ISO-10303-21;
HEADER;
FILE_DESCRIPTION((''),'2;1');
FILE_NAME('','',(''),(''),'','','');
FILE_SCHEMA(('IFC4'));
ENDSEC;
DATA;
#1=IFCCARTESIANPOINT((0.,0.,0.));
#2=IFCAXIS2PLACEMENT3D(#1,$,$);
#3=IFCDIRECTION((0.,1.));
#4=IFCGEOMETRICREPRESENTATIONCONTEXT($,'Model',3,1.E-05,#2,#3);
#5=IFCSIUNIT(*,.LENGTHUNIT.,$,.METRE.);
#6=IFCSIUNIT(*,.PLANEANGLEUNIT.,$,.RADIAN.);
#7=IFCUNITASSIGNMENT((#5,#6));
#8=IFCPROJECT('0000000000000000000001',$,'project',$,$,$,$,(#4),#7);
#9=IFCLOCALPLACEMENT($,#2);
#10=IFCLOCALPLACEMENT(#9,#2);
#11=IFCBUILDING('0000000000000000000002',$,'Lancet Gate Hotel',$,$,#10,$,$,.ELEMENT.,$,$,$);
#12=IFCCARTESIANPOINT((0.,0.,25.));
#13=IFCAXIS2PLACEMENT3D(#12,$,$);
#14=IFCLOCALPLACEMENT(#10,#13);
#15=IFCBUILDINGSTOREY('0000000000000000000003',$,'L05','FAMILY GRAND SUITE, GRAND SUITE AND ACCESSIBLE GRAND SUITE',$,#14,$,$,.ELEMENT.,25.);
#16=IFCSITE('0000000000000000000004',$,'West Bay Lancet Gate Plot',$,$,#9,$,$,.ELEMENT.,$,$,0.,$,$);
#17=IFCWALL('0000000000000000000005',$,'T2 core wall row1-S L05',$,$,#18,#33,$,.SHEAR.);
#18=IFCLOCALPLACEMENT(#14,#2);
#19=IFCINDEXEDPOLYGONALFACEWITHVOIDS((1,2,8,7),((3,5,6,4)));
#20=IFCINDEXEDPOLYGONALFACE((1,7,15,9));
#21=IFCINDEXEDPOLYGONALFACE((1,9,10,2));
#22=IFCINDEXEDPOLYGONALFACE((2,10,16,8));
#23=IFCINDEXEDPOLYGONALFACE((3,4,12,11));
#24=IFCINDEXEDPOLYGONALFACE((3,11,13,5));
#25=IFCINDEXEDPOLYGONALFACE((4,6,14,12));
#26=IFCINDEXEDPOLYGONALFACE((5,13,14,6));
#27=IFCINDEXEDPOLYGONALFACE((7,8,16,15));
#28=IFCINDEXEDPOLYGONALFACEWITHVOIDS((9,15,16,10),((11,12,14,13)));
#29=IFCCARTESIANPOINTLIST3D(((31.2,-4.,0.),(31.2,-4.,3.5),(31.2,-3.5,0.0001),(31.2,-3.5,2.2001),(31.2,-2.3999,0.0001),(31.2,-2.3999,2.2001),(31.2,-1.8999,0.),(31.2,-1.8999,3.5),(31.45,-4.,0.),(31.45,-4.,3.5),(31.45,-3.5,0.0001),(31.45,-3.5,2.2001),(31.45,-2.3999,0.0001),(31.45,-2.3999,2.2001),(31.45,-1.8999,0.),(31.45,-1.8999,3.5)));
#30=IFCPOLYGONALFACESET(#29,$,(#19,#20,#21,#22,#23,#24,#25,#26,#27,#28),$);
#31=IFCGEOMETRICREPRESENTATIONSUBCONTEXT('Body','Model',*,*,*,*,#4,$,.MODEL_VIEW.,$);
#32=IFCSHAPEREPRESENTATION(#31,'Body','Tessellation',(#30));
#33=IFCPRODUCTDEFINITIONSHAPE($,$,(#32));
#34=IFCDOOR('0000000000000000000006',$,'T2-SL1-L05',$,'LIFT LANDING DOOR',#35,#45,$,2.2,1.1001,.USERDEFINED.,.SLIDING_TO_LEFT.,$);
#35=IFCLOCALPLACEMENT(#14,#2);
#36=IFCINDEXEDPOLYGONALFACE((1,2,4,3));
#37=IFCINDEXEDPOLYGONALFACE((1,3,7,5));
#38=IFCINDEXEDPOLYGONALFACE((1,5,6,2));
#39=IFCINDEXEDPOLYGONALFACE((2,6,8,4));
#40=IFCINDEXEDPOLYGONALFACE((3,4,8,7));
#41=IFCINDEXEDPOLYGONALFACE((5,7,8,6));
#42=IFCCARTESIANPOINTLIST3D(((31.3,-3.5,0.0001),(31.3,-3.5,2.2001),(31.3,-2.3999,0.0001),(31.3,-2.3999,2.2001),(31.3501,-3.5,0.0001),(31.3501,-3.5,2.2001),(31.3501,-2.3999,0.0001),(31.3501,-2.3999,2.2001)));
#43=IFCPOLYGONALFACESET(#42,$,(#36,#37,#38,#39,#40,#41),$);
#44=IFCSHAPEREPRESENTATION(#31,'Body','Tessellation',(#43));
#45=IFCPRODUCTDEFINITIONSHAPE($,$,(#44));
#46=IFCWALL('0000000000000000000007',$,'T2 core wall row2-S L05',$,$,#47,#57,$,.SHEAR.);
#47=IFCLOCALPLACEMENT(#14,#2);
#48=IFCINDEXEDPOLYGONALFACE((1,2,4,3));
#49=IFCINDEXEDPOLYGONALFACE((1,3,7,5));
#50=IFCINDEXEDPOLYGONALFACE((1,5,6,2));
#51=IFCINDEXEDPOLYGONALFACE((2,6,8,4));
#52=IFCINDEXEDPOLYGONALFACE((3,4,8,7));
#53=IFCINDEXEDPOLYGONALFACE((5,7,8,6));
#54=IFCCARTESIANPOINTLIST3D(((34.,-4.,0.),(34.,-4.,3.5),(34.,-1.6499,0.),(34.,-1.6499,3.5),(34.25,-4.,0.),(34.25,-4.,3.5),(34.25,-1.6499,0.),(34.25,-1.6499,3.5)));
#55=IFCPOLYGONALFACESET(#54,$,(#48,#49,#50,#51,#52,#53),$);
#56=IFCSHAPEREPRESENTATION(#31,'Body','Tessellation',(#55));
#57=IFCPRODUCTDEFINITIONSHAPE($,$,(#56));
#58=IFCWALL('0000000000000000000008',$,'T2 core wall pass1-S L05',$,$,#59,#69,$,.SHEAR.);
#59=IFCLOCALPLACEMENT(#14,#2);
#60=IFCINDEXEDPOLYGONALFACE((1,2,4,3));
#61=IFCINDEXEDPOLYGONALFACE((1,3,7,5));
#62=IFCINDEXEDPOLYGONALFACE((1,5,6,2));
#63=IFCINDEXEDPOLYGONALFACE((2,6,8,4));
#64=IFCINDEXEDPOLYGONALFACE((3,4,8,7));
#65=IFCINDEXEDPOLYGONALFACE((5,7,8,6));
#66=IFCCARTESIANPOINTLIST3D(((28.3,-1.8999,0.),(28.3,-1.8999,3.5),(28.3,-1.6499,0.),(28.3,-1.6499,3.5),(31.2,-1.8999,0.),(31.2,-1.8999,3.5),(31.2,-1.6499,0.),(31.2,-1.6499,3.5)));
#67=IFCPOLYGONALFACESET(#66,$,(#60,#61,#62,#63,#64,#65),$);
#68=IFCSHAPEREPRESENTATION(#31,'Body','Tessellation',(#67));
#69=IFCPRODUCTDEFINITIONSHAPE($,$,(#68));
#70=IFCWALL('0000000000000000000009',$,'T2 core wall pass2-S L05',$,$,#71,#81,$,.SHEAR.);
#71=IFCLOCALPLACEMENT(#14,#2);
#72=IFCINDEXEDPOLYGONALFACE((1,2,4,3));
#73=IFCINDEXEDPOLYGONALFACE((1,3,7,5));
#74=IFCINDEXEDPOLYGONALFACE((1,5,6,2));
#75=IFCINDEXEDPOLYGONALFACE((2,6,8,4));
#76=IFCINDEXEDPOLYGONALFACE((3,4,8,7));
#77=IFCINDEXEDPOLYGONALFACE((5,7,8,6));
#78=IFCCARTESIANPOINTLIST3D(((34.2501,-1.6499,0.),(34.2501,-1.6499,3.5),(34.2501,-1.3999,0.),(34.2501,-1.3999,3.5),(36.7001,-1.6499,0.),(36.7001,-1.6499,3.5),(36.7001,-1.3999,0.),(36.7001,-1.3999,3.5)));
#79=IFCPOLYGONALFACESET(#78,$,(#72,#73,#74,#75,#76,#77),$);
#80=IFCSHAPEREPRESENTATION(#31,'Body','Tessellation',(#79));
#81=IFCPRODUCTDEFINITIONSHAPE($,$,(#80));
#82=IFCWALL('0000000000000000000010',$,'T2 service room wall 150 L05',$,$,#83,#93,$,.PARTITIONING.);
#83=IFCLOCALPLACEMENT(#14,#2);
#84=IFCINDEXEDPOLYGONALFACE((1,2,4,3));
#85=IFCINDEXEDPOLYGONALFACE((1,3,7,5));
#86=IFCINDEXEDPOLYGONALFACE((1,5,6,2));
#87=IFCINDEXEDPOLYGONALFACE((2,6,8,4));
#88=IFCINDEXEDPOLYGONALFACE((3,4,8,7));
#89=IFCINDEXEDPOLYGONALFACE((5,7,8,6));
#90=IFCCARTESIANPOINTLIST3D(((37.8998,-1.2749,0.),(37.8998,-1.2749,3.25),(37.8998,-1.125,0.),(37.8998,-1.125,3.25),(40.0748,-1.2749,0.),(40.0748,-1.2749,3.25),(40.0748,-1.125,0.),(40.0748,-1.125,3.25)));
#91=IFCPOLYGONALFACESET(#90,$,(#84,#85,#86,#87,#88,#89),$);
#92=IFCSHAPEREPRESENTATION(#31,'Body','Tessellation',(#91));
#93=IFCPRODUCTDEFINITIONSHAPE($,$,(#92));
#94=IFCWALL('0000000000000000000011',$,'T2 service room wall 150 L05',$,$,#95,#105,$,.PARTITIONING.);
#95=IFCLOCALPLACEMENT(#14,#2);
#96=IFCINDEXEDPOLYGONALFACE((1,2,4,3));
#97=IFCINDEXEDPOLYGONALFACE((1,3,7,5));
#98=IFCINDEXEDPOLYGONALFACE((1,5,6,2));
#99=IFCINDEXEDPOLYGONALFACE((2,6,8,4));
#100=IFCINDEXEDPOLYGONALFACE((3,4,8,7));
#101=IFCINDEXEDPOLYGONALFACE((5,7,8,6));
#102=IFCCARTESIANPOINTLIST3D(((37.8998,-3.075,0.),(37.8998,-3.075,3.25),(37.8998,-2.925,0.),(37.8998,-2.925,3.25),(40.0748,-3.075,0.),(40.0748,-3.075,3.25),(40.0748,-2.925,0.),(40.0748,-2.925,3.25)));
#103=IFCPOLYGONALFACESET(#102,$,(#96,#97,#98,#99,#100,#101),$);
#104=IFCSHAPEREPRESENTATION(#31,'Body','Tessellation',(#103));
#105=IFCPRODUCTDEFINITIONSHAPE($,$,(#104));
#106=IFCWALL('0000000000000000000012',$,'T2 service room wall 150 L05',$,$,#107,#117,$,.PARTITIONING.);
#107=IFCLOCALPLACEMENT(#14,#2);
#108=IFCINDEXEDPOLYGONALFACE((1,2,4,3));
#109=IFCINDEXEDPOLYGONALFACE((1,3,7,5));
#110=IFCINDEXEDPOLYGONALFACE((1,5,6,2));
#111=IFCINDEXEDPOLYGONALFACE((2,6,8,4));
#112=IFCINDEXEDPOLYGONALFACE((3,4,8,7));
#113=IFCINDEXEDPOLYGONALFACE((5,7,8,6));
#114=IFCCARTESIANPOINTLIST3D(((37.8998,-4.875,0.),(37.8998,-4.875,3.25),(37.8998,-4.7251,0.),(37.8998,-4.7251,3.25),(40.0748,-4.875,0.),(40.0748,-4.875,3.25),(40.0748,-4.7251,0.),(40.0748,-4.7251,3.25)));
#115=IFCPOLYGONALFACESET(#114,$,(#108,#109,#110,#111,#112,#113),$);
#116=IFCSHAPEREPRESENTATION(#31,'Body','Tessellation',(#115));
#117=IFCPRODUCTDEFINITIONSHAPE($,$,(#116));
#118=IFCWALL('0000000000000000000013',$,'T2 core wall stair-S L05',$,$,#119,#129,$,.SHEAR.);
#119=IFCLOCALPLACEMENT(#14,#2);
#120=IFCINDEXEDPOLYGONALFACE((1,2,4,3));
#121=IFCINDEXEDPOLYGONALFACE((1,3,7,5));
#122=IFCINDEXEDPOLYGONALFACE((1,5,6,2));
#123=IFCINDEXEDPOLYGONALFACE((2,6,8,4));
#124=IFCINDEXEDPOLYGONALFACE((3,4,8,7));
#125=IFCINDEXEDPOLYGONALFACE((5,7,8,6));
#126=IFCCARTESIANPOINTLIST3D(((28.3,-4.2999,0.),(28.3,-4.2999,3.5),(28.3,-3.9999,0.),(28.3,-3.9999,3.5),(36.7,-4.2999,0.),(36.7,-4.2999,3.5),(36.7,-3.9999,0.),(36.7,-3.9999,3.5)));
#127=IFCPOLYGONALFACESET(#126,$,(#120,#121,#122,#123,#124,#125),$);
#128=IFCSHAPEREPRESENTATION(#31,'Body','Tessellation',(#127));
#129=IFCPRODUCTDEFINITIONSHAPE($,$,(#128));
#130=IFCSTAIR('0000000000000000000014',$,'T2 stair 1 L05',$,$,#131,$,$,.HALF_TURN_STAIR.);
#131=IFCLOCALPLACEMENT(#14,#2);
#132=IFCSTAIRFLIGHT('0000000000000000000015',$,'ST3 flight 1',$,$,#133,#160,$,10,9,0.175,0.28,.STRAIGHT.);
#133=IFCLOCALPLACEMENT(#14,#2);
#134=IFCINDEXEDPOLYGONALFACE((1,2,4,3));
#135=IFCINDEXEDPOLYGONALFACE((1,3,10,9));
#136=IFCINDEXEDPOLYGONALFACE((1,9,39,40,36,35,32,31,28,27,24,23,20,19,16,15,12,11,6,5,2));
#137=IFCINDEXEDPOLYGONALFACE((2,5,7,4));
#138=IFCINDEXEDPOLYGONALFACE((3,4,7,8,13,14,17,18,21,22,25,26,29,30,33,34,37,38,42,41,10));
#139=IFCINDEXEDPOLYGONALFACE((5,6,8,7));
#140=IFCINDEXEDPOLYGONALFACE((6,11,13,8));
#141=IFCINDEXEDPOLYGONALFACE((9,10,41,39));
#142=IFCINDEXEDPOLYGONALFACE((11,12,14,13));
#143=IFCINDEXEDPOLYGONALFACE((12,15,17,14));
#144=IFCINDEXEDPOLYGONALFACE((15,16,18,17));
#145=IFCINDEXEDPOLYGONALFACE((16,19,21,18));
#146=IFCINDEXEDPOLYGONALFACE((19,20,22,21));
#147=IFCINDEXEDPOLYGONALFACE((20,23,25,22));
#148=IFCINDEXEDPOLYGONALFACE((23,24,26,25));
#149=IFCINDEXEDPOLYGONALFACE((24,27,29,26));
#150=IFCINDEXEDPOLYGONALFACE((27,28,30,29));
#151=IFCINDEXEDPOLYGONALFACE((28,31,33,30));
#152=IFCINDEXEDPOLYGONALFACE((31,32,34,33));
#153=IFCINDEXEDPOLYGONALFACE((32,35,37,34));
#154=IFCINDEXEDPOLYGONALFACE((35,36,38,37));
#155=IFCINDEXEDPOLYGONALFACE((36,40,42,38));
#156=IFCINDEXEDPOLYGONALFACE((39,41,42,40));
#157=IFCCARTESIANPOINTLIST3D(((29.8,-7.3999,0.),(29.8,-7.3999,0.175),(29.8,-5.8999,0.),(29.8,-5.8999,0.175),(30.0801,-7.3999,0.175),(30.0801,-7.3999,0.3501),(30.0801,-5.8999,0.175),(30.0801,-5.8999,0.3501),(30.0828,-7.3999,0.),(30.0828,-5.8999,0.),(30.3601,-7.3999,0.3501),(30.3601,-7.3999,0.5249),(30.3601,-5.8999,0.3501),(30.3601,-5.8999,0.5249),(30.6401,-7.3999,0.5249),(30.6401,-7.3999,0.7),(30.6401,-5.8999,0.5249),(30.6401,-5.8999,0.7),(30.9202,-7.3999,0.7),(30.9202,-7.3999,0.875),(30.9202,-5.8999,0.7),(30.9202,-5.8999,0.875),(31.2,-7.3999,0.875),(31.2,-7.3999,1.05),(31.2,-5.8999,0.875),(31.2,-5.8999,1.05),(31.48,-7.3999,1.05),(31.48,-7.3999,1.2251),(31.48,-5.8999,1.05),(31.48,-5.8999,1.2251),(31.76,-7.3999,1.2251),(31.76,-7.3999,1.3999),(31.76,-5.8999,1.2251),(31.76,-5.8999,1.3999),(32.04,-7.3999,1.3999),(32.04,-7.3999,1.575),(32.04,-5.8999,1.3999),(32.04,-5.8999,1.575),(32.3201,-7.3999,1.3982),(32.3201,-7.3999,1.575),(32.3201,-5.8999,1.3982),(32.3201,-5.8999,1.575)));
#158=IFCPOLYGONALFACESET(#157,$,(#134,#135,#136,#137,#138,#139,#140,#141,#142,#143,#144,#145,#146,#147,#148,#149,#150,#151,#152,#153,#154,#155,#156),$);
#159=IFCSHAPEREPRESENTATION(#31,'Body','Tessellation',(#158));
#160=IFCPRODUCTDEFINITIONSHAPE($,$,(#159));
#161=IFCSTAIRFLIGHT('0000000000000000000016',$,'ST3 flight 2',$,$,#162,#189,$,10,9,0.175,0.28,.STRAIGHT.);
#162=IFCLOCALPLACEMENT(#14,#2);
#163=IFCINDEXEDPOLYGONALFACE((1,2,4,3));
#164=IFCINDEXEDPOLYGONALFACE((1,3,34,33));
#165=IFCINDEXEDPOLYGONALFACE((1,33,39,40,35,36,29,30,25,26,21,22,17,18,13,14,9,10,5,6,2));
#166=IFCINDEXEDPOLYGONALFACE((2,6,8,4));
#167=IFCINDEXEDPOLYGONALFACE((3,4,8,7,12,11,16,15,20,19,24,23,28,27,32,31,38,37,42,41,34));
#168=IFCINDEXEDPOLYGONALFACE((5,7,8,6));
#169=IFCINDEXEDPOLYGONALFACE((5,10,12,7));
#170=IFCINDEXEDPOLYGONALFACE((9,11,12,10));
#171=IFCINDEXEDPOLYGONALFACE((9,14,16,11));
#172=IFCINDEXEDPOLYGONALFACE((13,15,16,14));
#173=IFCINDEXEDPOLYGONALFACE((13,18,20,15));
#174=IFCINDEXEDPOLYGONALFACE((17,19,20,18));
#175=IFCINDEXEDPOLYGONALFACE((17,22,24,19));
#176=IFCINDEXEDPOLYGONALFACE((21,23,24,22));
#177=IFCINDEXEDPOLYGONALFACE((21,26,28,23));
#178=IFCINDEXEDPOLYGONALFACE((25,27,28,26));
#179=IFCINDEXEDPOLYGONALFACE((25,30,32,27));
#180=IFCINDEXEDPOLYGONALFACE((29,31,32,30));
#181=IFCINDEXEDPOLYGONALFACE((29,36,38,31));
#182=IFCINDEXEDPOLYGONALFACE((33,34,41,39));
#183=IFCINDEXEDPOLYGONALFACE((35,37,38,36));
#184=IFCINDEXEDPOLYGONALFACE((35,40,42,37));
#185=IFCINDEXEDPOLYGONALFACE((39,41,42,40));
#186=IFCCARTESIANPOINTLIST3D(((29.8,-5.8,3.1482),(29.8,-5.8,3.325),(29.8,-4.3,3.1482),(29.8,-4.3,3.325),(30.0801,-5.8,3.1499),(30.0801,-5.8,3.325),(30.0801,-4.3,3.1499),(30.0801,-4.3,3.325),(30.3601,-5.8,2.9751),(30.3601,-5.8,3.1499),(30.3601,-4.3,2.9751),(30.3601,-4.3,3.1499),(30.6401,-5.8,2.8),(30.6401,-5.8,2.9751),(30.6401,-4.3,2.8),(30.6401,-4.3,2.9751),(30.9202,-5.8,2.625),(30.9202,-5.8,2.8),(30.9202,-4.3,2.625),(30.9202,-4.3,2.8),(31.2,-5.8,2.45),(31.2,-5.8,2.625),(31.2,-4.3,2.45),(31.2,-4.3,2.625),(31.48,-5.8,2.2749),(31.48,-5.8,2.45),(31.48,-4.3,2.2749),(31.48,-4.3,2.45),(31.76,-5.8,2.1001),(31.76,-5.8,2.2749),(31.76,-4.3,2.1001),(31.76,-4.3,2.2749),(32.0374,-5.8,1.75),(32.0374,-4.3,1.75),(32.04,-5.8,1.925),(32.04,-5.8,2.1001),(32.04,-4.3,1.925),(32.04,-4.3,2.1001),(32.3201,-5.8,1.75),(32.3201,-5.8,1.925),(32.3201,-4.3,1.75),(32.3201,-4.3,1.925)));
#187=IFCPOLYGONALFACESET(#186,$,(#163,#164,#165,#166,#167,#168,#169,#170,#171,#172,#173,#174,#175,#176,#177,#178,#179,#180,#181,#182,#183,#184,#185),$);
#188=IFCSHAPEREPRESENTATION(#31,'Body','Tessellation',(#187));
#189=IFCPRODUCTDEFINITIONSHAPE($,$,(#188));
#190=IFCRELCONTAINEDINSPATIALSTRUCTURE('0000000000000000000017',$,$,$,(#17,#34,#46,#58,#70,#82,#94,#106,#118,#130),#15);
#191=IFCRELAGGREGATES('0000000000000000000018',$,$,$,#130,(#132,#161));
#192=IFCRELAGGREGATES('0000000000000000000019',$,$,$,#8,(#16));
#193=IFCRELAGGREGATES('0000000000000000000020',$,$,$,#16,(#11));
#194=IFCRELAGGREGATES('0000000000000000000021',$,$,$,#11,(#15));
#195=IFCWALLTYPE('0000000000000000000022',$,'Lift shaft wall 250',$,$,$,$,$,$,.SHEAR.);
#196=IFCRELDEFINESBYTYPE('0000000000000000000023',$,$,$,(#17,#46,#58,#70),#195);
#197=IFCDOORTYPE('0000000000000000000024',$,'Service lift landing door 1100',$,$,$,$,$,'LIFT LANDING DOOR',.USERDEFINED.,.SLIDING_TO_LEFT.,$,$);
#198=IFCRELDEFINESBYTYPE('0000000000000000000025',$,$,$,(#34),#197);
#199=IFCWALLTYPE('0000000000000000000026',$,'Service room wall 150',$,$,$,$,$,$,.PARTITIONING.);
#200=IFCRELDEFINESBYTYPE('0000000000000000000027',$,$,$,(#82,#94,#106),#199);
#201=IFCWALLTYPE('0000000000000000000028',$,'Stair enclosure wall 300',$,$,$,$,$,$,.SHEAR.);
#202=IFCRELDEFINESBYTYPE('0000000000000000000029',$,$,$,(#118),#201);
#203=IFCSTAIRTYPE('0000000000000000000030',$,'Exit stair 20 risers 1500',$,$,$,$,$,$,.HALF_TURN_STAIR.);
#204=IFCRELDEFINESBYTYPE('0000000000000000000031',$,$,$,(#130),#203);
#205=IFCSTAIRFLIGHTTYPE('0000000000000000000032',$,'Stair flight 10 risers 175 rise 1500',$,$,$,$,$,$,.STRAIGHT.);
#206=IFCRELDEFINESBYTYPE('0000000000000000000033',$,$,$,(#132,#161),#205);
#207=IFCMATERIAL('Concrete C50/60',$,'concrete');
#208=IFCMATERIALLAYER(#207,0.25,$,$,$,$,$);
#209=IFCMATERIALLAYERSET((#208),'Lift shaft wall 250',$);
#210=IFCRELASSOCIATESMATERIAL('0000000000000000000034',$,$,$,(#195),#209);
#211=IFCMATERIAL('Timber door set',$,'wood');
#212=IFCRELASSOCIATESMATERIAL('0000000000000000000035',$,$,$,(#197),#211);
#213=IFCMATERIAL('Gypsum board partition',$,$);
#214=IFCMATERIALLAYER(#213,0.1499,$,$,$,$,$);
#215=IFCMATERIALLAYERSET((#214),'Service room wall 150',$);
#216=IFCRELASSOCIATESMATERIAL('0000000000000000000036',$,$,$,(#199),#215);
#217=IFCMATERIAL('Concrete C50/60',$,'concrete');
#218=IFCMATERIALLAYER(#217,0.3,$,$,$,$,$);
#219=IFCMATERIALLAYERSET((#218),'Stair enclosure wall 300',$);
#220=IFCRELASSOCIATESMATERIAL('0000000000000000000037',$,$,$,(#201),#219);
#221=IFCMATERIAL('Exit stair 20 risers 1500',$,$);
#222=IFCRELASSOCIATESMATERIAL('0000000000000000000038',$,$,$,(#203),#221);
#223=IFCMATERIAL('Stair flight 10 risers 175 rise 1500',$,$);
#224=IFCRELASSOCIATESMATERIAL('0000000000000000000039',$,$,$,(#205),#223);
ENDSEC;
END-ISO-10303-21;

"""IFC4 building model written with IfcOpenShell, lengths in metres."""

from ifc_helpers import new_model, si_unit, direction, frame, frame_2d, origin, place, context, subcontext, project, spatial, polyline, rectangle, outline, extrude, material, layer, layer_set, type_object, element, fill, aggregate, save


model = new_model("IFC4")

# Units and contexts
model_context = context("Model", 3, precision=1e-05, world=origin(), true_north=direction((0.0, 1.0)))
body_context = subcontext(model_context, "Body", "Model", "MODEL_VIEW")
ifc_project = project(units=[si_unit("LENGTHUNIT", "METRE"), si_unit("PLANEANGLEUNIT", "RADIAN")], contexts=[model_context])

# Site, building, storey
site_placement = place(None, origin())
site = spatial("IfcSite", under=ifc_project, at=site_placement, Name="West Bay Lancet Gate Plot", CompositionType="ELEMENT", RefElevation=0.0)
building_placement = place(site_placement, origin())
building = spatial("IfcBuilding", under=site, at=building_placement, Name="Lancet Gate Hotel", CompositionType="ELEMENT")
storey_placement = place(building_placement, frame((0.0, 0.0, 25.0)))
storey = spatial("IfcBuildingStorey", under=building, at=storey_placement, Name="L05", Description="FAMILY GRAND SUITE, GRAND SUITE AND ACCESSIBLE GRAND SUITE", CompositionType="ELEMENT", Elevation=25.0)

# Wall, opening, door
ifc_material_1 = material(Name="Concrete C50/60", Category="concrete")
ifc_layer_1 = layer(ifc_material_1, 0.25)
ifc_layer_set_1 = layer_set([ifc_layer_1], Name="Lift shaft wall 250")
wall_type_1 = type_object("IfcWallType", Name="Lift shaft wall 250", PredefinedType="SHEAR", material=ifc_layer_set_1)
wall_1_placement = place(storey_placement, frame((31.325, -4.0, 0.0), z_axis=(0.0, 0.0, 1.0), x_axis=(0.0, 1.0, 0.0)))
wall_1 = element("IfcWall", 1, at=wall_1_placement, inside=storey, type_object=wall_type_1, Name="T2 core wall row1-S L05", PredefinedType="SHEAR", context=body_context, shape_type="SweptSolid", body=[
    extrude(rectangle(XDim=2.1001, YDim=0.25, at=frame_2d((1.05, 0.0))), origin(), (0.0, 0.0, 1.0), 3.5),
])
opening_1_placement = place(wall_1_placement, frame((0.5, 0.0, 0.0)))
opening_1 = element("IfcOpeningElement", 2, at=opening_1_placement, cuts=wall_1, PredefinedType="OPENING", context=body_context, shape_type="SweptSolid", body=[
    extrude(rectangle(XDim=1.1001, YDim=2.2, at=frame_2d((0.55, 1.1001))), frame((0.0, 0.135, 0.0), z_axis=(0.0, -1.0, 0.0), x_axis=(1.0, 0.0, 0.0)), (0.0, 0.0, 1.0), 0.27),
])
ifc_material_2 = material(Name="Timber door set", Category="wood")
door_type_1 = type_object("IfcDoorType", Name="Service lift landing door 1100", ElementType="LIFT LANDING DOOR", OperationType="SLIDING_TO_LEFT", PredefinedType="USERDEFINED", material=ifc_material_2)
door_1_placement = place(opening_1_placement, origin())
door_1 = element("IfcDoor", 3, at=door_1_placement, inside=storey, type_object=door_type_1, Name="T2-SL1-L05", ObjectType="LIFT LANDING DOOR", OperationType="SLIDING_TO_LEFT", OverallHeight=2.2, OverallWidth=1.1001, PredefinedType="USERDEFINED", context=body_context, shape_type="SweptSolid", body=[
    extrude(rectangle(XDim=1.1001, YDim=2.2, at=frame_2d((0.55, 1.1001))), frame((0.0, 0.0249, 0.0), z_axis=(0.0, -1.0, 0.0), x_axis=(1.0, 0.0, 0.0)), (0.0, 0.0, 1.0), 0.05),
])
fill(opening_1, door_1)

# Walls
wall_2_placement = place(storey_placement, frame((34.125, -4.0, 0.0), z_axis=(0.0, 0.0, 1.0), x_axis=(0.0, 1.0, 0.0)))
element("IfcWall", 4, at=wall_2_placement, inside=storey, type_object=wall_type_1, Name="T2 core wall row2-S L05", PredefinedType="SHEAR", context=body_context, shape_type="SweptSolid", body=[
    extrude(rectangle(XDim=2.3501, YDim=0.25, at=frame_2d((1.175, 0.0))), origin(), (0.0, 0.0, 1.0), 3.5),
])
wall_3_placement = place(storey_placement, frame((28.3, -1.7749, 0.0), z_axis=(0.0, 0.0, 1.0), x_axis=(1.0, 0.0, 0.0)))
element("IfcWall", 5, at=wall_3_placement, inside=storey, type_object=wall_type_1, Name="T2 core wall pass1-S L05", PredefinedType="SHEAR", context=body_context, shape_type="SweptSolid", body=[
    extrude(rectangle(XDim=2.8999, YDim=0.25, at=frame_2d((1.45, 0.0))), origin(), (0.0, 0.0, 1.0), 3.5),
])
wall_4_placement = place(storey_placement, frame((34.25, -1.5249, 0.0), z_axis=(0.0, 0.0, 1.0), x_axis=(1.0, 0.0, 0.0)))
element("IfcWall", 6, at=wall_4_placement, inside=storey, type_object=wall_type_1, Name="T2 core wall pass2-S L05", PredefinedType="SHEAR", context=body_context, shape_type="SweptSolid", body=[
    extrude(rectangle(XDim=2.45, YDim=0.25, at=frame_2d((1.2251, 0.0))), origin(), (0.0, 0.0, 1.0), 3.5),
])
ifc_material_3 = material(Name="Gypsum board partition")
ifc_layer_2 = layer(ifc_material_3, 0.1499)
ifc_layer_set_2 = layer_set([ifc_layer_2], Name="Service room wall 150")
wall_type_2 = type_object("IfcWallType", Name="Service room wall 150", PredefinedType="PARTITIONING", material=ifc_layer_set_2)
for number, where, z_axis, x_axis, name in (
    (7, (37.8999, -1.2, 0.0), (0.0, 0.0, 1.0), (1.0, 0.0, 0.0), "T2 service room wall 150 L05"),
    (8, (37.8999, -3.0, 0.0), (0.0, 0.0, 1.0), (1.0, 0.0, 0.0), "T2 service room wall 150 L05"),
    (9, (37.8999, -4.8, 0.0), (0.0, 0.0, 1.0), (1.0, 0.0, 0.0), "T2 service room wall 150 L05"),
):
    element("IfcWall", number, at=place(storey_placement, frame(where, z_axis=z_axis, x_axis=x_axis)), inside=storey, type_object=wall_type_2, Name=name, PredefinedType="PARTITIONING", context=body_context, shape_type="SweptSolid", body=[
        extrude(rectangle(XDim=2.175, YDim=0.1499, at=frame_2d((1.0874, 0.0))), origin(), (0.0, 0.0, 1.0), 3.25),
    ])
ifc_material_4 = material(Name="Concrete C50/60", Category="concrete")
ifc_layer_3 = layer(ifc_material_4, 0.3)
ifc_layer_set_3 = layer_set([ifc_layer_3], Name="Stair enclosure wall 300")
wall_type_3 = type_object("IfcWallType", Name="Stair enclosure wall 300", PredefinedType="SHEAR", material=ifc_layer_set_3)
wall_5_placement = place(storey_placement, frame((28.3, -4.1499, 0.0), z_axis=(0.0, 0.0, 1.0), x_axis=(1.0, 0.0, 0.0)))
element("IfcWall", 10, at=wall_5_placement, inside=storey, type_object=wall_type_3, Name="T2 core wall stair-S L05", PredefinedType="SHEAR", context=body_context, shape_type="SweptSolid", body=[
    extrude(rectangle(XDim=8.3999, YDim=0.3, at=frame_2d((4.2, 0.0))), origin(), (0.0, 0.0, 1.0), 3.5),
])

# Stair, stair flights
ifc_material_5 = material(Name="Exit stair 20 risers 1500")
stair_type = type_object("IfcStairType", Name="Exit stair 20 risers 1500", PredefinedType="HALF_TURN_STAIR", material=ifc_material_5)
stair_placement = place(storey_placement, origin())
stair = element("IfcStair", 11, at=stair_placement, inside=storey, type_object=stair_type, Name="T2 stair 1 L05", PredefinedType="HALF_TURN_STAIR")
ifc_material_6 = material(Name="Stair flight 10 risers 175 rise 1500")
stair_flight_type = type_object("IfcStairFlightType", Name="Stair flight 10 risers 175 rise 1500", PredefinedType="STRAIGHT", material=ifc_material_6)
stair_flight_1_placement = place(storey_placement, frame((29.8, -6.6499, 0.0), z_axis=(0.0, 0.0, 1.0), x_axis=(1.0, 0.0, 0.0)))
stair_flight_1 = element("IfcStairFlight", 12, at=stair_flight_1_placement, type_object=stair_flight_type, Name="ST3 flight 1", NumberOfRisers=10, NumberOfTreads=9, PredefinedType="STRAIGHT", RiserHeight=0.175, TreadLength=0.28, context=body_context, shape_type="SweptSolid", body=[
    extrude(outline(polyline([(0.0, 0.0), (0.0, 0.175), (0.28, 0.175), (0.28, 0.3501), (0.5601, 0.3501), (0.5601, 0.5249), (0.8401, 0.5249), (0.8401, 0.7), (1.1201, 0.7), (1.1201, 0.875), (1.3999, 0.875), (1.3999, 1.05), (1.6799, 1.05), (1.6799, 1.2251), (1.96, 1.2251), (1.96, 1.3999), (2.24, 1.3999), (2.24, 1.575), (2.52, 1.575), (2.52, 1.75), (2.52, 1.3982), (0.2827, 0.0), (0.0, 0.0)])), frame((0.0, 0.75, 0.0), z_axis=(0.0, -1.0, 0.0), x_axis=(1.0, 0.0, 0.0)), (0.0, 0.0, 1.0), 1.5),
])
stair_flight_2_placement = place(storey_placement, frame((32.3201, -5.05, 1.75), z_axis=(0.0, 0.0, 1.0), x_axis=(-1.0, 0.0, 0.0)))
stair_flight_2 = element("IfcStairFlight", 13, at=stair_flight_2_placement, type_object=stair_flight_type, Name="ST3 flight 2", NumberOfRisers=10, NumberOfTreads=9, PredefinedType="STRAIGHT", RiserHeight=0.175, TreadLength=0.28, context=body_context, shape_type="SweptSolid", body=[
    extrude(outline(polyline([(0.0, 0.0), (0.0, 0.175), (0.28, 0.175), (0.28, 0.3501), (0.5601, 0.3501), (0.5601, 0.5249), (0.8401, 0.5249), (0.8401, 0.7), (1.1201, 0.7), (1.1201, 0.875), (1.3999, 0.875), (1.3999, 1.05), (1.6799, 1.05), (1.6799, 1.2251), (1.96, 1.2251), (1.96, 1.3999), (2.24, 1.3999), (2.24, 1.575), (2.52, 1.575), (2.52, 1.75), (2.52, 1.3982), (0.2827, 0.0), (0.0, 0.0)])), frame((0.0, 0.75, 0.0), z_axis=(0.0, -1.0, 0.0), x_axis=(1.0, 0.0, 0.0)), (0.0, 0.0, 1.0), 1.5),
])
aggregate(stair, [stair_flight_1, stair_flight_2])

save(model, "model.ifc")
